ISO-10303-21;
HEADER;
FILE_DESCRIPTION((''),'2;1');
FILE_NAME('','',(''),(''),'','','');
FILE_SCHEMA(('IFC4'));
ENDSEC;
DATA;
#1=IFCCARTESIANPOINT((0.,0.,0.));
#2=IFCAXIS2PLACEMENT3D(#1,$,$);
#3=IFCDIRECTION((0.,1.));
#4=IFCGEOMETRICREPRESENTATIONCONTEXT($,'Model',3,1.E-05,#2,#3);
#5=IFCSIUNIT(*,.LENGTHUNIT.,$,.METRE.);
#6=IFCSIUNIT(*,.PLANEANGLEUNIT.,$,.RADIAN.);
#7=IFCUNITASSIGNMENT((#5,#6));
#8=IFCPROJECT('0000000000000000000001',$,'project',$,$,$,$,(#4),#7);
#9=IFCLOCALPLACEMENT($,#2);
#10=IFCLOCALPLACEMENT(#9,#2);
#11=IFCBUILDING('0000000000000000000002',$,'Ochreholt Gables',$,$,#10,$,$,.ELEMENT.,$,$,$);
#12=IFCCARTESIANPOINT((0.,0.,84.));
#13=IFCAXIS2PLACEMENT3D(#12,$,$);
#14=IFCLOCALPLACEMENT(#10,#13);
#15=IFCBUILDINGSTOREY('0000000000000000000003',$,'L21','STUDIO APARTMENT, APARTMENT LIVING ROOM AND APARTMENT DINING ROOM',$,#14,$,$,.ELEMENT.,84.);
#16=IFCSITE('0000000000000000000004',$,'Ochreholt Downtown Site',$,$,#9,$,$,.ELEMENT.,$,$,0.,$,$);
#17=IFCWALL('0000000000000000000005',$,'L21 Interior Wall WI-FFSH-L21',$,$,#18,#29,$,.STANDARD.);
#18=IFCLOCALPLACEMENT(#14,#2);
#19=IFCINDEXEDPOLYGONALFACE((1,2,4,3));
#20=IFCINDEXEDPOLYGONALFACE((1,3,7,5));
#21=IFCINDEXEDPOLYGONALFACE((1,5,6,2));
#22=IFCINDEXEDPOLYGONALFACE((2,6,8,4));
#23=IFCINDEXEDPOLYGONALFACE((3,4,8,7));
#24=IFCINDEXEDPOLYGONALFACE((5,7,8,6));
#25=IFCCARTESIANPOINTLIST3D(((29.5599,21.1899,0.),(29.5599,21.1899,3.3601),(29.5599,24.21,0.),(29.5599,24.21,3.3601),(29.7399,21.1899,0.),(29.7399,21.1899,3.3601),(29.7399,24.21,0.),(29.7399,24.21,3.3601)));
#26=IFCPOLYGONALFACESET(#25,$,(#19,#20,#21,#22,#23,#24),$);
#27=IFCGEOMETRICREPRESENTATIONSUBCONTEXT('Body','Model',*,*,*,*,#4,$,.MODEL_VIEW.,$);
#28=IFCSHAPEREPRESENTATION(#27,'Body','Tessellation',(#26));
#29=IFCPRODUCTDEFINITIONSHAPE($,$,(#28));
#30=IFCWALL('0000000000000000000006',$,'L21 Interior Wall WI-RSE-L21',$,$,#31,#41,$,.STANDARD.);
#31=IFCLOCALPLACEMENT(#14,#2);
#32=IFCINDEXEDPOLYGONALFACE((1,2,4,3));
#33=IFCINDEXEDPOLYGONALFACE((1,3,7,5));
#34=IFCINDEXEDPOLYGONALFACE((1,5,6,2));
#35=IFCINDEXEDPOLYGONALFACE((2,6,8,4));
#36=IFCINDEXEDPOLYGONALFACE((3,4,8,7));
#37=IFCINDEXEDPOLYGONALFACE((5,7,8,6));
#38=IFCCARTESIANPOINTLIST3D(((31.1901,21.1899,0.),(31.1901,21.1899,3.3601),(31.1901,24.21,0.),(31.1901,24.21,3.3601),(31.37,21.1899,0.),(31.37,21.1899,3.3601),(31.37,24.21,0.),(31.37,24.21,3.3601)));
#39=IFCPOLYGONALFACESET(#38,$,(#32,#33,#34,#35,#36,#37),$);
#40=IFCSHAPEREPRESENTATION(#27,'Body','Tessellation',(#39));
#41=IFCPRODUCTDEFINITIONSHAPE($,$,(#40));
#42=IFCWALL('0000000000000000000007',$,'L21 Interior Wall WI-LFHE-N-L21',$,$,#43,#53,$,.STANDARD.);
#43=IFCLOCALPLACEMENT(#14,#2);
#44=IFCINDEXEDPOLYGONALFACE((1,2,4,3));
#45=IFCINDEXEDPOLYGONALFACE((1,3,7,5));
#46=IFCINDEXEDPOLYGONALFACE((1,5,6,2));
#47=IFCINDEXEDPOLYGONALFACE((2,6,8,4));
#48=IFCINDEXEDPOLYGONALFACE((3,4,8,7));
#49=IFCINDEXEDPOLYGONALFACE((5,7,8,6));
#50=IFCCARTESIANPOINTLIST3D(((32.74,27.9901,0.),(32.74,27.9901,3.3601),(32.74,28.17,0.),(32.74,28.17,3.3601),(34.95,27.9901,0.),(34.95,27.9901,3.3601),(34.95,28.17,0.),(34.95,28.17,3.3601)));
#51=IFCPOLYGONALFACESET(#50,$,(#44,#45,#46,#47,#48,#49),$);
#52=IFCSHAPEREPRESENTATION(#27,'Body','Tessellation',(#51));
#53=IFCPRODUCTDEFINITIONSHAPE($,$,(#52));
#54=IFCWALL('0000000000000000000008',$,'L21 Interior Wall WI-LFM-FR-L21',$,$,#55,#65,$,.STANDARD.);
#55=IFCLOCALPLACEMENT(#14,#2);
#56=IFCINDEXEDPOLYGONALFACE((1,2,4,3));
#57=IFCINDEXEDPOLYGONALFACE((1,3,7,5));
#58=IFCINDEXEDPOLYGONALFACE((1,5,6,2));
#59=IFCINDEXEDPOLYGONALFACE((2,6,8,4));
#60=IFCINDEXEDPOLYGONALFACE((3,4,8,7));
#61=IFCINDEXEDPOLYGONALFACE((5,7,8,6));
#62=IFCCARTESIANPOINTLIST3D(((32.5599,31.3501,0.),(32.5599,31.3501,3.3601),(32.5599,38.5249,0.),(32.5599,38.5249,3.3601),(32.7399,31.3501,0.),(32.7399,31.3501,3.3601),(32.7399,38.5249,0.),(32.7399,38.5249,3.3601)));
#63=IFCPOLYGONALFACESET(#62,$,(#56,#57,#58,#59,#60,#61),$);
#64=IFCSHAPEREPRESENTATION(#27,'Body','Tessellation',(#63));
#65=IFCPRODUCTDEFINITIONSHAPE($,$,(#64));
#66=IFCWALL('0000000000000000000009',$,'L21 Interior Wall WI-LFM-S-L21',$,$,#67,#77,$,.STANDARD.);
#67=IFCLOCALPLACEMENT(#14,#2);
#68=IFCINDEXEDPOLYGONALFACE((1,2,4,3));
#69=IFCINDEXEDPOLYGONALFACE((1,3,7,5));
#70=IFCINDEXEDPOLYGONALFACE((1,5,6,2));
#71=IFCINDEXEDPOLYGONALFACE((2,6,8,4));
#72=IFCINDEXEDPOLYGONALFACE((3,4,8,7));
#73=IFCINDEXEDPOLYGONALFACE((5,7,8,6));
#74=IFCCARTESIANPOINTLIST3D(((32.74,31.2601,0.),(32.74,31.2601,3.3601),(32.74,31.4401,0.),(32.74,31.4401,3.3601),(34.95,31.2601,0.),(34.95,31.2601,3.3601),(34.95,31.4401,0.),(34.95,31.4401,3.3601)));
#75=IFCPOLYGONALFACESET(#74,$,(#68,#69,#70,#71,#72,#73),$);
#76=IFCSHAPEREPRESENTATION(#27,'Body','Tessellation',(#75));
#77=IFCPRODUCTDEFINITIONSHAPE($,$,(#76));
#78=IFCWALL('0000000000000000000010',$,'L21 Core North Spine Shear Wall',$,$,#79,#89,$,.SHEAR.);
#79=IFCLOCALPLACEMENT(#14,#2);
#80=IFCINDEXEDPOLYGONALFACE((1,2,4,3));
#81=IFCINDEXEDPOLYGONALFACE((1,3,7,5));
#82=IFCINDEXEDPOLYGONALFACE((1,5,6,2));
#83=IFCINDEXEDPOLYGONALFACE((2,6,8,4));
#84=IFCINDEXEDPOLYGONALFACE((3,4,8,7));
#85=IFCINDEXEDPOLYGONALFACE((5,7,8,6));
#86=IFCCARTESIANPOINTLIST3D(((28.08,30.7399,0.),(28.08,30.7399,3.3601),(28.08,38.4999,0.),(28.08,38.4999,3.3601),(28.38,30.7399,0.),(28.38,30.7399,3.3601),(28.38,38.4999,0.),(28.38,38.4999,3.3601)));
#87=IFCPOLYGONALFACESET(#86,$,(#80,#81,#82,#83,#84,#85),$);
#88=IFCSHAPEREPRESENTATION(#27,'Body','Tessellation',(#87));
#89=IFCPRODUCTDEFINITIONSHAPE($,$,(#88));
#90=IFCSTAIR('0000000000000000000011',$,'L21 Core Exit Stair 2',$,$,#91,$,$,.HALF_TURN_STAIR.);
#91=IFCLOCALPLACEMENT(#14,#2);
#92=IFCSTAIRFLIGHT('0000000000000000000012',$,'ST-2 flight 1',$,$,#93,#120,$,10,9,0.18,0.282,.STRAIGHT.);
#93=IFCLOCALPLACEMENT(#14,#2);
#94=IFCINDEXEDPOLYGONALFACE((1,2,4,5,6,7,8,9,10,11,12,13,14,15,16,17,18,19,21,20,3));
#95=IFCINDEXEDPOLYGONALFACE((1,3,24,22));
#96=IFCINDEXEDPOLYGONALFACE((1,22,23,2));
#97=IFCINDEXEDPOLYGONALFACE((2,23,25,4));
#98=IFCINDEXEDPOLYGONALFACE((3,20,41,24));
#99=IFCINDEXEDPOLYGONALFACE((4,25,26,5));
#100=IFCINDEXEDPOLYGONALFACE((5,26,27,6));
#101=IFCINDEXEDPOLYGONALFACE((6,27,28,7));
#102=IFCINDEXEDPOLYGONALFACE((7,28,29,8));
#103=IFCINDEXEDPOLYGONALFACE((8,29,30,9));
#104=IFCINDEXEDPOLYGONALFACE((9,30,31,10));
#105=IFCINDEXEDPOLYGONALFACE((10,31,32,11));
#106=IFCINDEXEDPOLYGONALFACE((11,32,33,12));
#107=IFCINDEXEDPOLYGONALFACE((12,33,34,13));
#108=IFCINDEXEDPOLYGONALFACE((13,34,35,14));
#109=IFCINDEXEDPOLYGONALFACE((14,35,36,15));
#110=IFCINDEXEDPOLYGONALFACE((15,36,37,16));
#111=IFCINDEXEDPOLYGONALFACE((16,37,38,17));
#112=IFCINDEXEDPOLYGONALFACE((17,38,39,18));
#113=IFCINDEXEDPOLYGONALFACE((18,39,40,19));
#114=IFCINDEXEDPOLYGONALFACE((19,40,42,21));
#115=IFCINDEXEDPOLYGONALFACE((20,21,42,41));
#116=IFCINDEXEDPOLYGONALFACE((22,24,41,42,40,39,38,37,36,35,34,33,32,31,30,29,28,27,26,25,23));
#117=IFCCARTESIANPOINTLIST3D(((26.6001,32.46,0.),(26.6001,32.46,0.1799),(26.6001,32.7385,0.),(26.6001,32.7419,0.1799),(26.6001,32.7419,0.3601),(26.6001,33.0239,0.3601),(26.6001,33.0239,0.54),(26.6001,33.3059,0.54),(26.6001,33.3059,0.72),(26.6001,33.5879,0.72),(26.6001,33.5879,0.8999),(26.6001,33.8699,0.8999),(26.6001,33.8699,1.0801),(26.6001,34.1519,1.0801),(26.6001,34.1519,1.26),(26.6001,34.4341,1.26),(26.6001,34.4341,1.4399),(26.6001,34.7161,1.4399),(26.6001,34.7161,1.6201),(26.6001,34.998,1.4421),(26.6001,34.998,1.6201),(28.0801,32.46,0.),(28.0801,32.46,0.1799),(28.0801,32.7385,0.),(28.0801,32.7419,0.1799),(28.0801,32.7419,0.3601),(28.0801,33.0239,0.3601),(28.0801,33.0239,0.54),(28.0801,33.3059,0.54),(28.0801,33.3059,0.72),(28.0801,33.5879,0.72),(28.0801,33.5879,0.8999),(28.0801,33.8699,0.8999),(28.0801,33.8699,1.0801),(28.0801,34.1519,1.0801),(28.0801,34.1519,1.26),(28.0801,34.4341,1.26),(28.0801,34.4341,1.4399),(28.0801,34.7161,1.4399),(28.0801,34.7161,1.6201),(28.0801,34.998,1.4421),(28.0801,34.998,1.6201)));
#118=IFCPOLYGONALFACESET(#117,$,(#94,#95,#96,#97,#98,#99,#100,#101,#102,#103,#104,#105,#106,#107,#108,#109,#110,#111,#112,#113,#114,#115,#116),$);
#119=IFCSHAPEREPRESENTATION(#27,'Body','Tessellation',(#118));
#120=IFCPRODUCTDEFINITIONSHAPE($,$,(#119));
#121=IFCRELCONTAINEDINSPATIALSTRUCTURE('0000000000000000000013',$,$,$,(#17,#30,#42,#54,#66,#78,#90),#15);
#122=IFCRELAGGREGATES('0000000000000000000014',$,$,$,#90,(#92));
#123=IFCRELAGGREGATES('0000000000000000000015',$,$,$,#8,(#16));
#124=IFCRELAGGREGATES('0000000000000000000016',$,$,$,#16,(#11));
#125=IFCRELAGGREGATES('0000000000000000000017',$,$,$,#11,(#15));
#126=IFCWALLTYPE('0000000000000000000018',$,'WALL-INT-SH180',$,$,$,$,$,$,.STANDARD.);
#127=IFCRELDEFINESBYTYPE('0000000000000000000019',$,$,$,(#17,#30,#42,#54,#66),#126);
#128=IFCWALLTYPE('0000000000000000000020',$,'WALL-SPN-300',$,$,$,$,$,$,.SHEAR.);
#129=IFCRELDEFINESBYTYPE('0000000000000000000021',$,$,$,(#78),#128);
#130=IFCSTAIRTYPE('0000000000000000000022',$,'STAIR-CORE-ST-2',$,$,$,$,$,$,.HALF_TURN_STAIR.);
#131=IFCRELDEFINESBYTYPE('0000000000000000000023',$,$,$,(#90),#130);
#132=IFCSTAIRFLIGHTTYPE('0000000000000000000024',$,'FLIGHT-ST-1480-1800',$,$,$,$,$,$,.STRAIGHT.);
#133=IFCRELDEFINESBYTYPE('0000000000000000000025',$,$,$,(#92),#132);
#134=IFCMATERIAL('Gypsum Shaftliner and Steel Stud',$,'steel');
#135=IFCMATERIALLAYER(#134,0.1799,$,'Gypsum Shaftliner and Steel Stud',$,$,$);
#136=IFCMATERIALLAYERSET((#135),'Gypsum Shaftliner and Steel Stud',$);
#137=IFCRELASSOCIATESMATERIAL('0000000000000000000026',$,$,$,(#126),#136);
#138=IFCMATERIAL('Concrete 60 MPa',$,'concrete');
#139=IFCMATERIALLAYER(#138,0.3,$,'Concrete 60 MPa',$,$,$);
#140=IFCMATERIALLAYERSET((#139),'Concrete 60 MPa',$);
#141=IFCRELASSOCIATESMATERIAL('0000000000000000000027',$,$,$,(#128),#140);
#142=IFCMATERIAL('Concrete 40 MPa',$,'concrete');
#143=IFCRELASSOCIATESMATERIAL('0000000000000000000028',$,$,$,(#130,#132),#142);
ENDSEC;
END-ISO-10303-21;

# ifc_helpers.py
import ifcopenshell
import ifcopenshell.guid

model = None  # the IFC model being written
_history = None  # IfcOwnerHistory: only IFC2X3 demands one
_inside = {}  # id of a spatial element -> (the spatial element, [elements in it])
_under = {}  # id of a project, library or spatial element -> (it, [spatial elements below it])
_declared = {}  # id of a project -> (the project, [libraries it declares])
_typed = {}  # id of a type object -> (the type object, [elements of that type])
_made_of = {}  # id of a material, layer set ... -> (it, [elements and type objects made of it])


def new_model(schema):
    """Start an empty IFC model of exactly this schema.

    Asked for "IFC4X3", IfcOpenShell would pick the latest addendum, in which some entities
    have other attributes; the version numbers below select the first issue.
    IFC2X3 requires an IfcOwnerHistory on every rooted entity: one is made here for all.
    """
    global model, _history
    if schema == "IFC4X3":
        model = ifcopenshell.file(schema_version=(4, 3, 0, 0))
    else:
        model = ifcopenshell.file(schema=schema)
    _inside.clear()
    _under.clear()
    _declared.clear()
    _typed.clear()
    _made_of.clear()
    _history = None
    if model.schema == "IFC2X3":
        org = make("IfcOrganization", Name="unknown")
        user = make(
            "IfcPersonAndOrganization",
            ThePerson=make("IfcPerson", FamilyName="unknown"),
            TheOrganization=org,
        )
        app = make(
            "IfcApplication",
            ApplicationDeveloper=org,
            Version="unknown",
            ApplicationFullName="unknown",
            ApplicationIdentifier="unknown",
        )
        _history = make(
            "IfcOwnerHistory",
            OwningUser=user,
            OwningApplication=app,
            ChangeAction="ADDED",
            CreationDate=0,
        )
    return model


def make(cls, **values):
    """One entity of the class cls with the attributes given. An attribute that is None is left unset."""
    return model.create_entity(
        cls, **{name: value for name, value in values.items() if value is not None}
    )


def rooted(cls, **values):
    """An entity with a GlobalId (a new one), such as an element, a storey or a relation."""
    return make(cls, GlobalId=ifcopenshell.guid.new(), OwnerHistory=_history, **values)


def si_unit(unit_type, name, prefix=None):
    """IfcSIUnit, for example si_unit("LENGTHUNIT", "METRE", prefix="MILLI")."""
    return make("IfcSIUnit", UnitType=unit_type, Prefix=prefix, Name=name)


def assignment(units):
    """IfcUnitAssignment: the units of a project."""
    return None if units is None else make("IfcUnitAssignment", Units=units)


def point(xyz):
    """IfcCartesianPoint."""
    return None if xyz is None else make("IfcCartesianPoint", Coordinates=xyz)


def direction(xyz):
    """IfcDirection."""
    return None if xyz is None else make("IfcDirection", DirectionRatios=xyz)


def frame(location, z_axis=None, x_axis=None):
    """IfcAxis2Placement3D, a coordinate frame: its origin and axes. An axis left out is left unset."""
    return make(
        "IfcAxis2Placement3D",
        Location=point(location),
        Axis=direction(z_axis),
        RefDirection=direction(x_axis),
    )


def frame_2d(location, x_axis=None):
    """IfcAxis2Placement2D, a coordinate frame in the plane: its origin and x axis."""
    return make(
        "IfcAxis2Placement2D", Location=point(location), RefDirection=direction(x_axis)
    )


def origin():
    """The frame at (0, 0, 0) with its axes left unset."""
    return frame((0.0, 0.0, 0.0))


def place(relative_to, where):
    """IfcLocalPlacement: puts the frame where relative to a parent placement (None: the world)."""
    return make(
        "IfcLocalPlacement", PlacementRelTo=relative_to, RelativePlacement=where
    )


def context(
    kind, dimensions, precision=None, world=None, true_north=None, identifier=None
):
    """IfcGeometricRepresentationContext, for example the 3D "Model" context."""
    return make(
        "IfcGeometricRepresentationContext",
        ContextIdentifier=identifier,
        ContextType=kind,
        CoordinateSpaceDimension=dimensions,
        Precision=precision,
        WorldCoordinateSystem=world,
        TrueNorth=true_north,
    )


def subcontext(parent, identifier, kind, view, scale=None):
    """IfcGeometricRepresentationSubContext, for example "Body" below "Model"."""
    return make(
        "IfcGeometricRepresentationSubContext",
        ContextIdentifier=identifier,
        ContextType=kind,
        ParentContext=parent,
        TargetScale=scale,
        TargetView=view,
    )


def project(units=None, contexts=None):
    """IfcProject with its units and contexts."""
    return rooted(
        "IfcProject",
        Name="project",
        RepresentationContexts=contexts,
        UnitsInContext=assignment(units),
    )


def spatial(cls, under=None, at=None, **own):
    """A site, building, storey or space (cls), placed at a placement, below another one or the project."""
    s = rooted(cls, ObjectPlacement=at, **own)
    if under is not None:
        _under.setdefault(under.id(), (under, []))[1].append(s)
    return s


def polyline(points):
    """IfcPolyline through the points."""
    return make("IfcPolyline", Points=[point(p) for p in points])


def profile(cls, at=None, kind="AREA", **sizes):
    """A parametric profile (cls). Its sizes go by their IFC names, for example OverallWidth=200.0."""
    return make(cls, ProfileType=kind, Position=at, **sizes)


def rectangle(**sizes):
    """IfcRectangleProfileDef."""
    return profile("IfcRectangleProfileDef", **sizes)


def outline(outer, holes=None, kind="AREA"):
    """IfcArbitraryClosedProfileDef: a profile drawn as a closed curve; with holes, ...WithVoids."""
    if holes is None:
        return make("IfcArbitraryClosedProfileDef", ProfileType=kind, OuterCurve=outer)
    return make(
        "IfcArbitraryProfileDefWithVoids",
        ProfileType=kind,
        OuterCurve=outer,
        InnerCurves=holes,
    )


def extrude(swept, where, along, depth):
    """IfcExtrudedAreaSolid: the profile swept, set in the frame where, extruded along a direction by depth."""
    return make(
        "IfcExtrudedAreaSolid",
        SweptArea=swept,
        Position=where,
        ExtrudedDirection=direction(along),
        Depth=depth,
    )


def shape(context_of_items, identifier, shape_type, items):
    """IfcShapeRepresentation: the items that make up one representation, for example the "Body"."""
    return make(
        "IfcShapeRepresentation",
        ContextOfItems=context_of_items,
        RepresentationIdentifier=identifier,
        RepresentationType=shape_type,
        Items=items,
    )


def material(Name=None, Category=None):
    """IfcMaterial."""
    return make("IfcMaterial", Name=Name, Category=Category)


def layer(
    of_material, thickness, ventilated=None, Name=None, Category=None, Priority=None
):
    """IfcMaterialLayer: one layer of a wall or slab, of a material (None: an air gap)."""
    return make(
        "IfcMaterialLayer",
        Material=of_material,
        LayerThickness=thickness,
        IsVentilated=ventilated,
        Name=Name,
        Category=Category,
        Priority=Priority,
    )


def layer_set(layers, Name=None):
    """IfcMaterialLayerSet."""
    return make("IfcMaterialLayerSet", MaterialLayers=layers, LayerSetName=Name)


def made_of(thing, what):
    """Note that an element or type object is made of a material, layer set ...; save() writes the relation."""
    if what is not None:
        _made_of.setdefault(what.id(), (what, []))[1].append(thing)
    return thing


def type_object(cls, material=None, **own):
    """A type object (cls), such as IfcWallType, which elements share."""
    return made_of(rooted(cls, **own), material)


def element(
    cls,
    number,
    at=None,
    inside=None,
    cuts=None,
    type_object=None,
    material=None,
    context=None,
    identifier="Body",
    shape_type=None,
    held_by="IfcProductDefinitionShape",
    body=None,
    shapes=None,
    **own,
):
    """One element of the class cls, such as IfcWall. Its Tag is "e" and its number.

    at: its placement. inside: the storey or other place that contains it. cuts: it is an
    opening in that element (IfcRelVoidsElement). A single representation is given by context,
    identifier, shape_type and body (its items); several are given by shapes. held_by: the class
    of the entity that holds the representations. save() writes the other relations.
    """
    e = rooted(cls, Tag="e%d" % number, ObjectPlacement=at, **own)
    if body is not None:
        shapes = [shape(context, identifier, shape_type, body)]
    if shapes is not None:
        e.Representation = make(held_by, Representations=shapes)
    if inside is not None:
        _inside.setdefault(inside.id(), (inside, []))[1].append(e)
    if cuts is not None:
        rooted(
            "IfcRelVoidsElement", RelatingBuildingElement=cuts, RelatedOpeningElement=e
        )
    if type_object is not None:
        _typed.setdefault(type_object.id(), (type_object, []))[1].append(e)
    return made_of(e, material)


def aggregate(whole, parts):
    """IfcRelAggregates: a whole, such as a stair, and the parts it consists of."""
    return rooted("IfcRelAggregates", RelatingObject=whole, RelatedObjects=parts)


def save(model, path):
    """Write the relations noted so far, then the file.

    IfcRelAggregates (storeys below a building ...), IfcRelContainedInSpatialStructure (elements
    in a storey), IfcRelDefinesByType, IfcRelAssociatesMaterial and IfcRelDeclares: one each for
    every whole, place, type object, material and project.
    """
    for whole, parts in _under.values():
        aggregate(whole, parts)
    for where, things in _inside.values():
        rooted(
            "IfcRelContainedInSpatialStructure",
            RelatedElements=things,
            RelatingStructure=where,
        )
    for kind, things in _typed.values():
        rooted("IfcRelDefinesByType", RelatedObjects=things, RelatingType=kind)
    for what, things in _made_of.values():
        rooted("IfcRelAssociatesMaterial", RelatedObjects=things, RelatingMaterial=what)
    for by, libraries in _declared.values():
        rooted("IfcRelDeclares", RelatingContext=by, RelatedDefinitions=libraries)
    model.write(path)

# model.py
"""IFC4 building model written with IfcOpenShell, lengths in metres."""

from ifc_helpers import new_model, si_unit, direction, frame, frame_2d, origin, place, context, subcontext, project, spatial, polyline, rectangle, outline, extrude, material, layer, layer_set, type_object, element, aggregate, save


model = new_model("IFC4")

# Units and contexts
model_context = context("Model", 3, precision=1e-05, world=origin(), true_north=direction((0.0, 1.0)))
body_context = subcontext(model_context, "Body", "Model", "MODEL_VIEW")
ifc_project = project(units=[si_unit("LENGTHUNIT", "METRE"), si_unit("PLANEANGLEUNIT", "RADIAN")], contexts=[model_context])

# Site, building, storey
site_placement = place(None, origin())
site = spatial("IfcSite", under=ifc_project, at=site_placement, Name="Ochreholt Downtown Site", CompositionType="ELEMENT", RefElevation=0.0)
building_placement = place(site_placement, origin())
building = spatial("IfcBuilding", under=site, at=building_placement, Name="Ochreholt Gables", CompositionType="ELEMENT")
storey_placement = place(building_placement, frame((0.0, 0.0, 84.0)))
storey = spatial("IfcBuildingStorey", under=building, at=storey_placement, Name="L21", Description="STUDIO APARTMENT, APARTMENT LIVING ROOM AND APARTMENT DINING ROOM", CompositionType="ELEMENT", Elevation=84.0)

# Shared definitions
ifc_material_1 = material(Name="Concrete 60 MPa", Category="concrete")

# Shared definitions
ifc_material_2 = material(Name="Concrete 40 MPa", Category="concrete")

# Walls
ifc_material_3 = material(Name="Gypsum Shaftliner and Steel Stud", Category="steel")
ifc_layer_1 = layer(ifc_material_3, 0.1799, Name="Gypsum Shaftliner and Steel Stud")
ifc_layer_set_1 = layer_set([ifc_layer_1], Name="Gypsum Shaftliner and Steel Stud")
wall_type_1 = type_object("IfcWallType", Name="WALL-INT-SH180", PredefinedType="STANDARD", material=ifc_layer_set_1)
for number, where, z_axis, x_axis, name in (
    (1, (29.6499, 21.1899, 0.0), (0.0, 0.0, 1.0), (0.0, 1.0, 0.0), "L21 Interior Wall WI-FFSH-L21"),
    (2, (31.28, 21.1899, 0.0), (0.0, 0.0, 1.0), (0.0, 1.0, 0.0), "L21 Interior Wall WI-RSE-L21"),
):
    element("IfcWall", number, at=place(storey_placement, frame(where, z_axis=z_axis, x_axis=x_axis)), inside=storey, type_object=wall_type_1, Name=name, PredefinedType="STANDARD", context=body_context, shape_type="SweptSolid", body=[
        extrude(rectangle(XDim=3.02, YDim=0.1799, at=frame_2d((1.51, 0.0))), origin(), (0.0, 0.0, 1.0), 3.3601),
    ])
wall_1_placement = place(storey_placement, frame((32.74, 28.0801, 0.0), z_axis=(0.0, 0.0, 1.0), x_axis=(1.0, 0.0, 0.0)))
element("IfcWall", 3, at=wall_1_placement, inside=storey, type_object=wall_type_1, Name="L21 Interior Wall WI-LFHE-N-L21", PredefinedType="STANDARD", context=body_context, shape_type="SweptSolid", body=[
    extrude(rectangle(XDim=2.21, YDim=0.1799, at=frame_2d((1.105, 0.0))), origin(), (0.0, 0.0, 1.0), 3.3601),
])
wall_2_placement = place(storey_placement, frame((32.6499, 31.3501, 0.0), z_axis=(0.0, 0.0, 1.0), x_axis=(0.0, 1.0, 0.0)))
element("IfcWall", 4, at=wall_2_placement, inside=storey, type_object=wall_type_1, Name="L21 Interior Wall WI-LFM-FR-L21", PredefinedType="STANDARD", context=body_context, shape_type="SweptSolid", body=[
    extrude(rectangle(XDim=7.1748, YDim=0.1799, at=frame_2d((3.5874, 0.0))), origin(), (0.0, 0.0, 1.0), 3.3601),
])
wall_3_placement = place(storey_placement, frame((32.74, 31.3501, 0.0), z_axis=(0.0, 0.0, 1.0), x_axis=(1.0, 0.0, 0.0)))
element("IfcWall", 5, at=wall_3_placement, inside=storey, type_object=wall_type_1, Name="L21 Interior Wall WI-LFM-S-L21", PredefinedType="STANDARD", context=body_context, shape_type="SweptSolid", body=[
    extrude(rectangle(XDim=2.21, YDim=0.1799, at=frame_2d((1.105, 0.0))), origin(), (0.0, 0.0, 1.0), 3.3601),
])
ifc_layer_2 = layer(ifc_material_1, 0.3, Name="Concrete 60 MPa")
ifc_layer_set_2 = layer_set([ifc_layer_2], Name="Concrete 60 MPa")
wall_type_2 = type_object("IfcWallType", Name="WALL-SPN-300", PredefinedType="SHEAR", material=ifc_layer_set_2)
wall_4_placement = place(storey_placement, frame((28.23, 30.74, 0.0), z_axis=(0.0, 0.0, 1.0), x_axis=(0.0, 1.0, 0.0)))
element("IfcWall", 6, at=wall_4_placement, inside=storey, type_object=wall_type_2, Name="L21 Core North Spine Shear Wall", PredefinedType="SHEAR", context=body_context, shape_type="SweptSolid", body=[
    extrude(rectangle(XDim=7.76, YDim=0.3, at=frame_2d((3.8799, 0.0))), origin(), (0.0, 0.0, 1.0), 3.3601),
])

# Stair, stair flight
stair_type = type_object("IfcStairType", Name="STAIR-CORE-ST-2", PredefinedType="HALF_TURN_STAIR", material=ifc_material_2)
stair_placement = place(storey_placement, origin())
stair = element("IfcStair", 7, at=stair_placement, inside=storey, type_object=stair_type, Name="L21 Core Exit Stair 2", PredefinedType="HALF_TURN_STAIR")
stair_flight_type = type_object("IfcStairFlightType", Name="FLIGHT-ST-1480-1800", PredefinedType="STRAIGHT", material=ifc_material_2)
stair_flight_placement = place(storey_placement, frame((27.3401, 32.46, 0.0), z_axis=(0.0, 0.0, 1.0), x_axis=(0.0, 1.0, 0.0)))
stair_flight = element("IfcStairFlight", 8, at=stair_flight_placement, type_object=stair_flight_type, Name="ST-2 flight 1", NumberOfRisers=10, NumberOfTreads=9, PredefinedType="STRAIGHT", RiserHeight=0.18, TreadLength=0.282, context=body_context, shape_type="SweptSolid", body=[
    extrude(outline(polyline([(0.0, 0.0), (0.0, 0.1799), (0.282, 0.1799), (0.282, 0.3601), (0.564, 0.3601), (0.564, 0.54), (0.8459, 0.54), (0.8459, 0.72), (1.1279, 0.72), (1.1279, 0.8999), (1.4099, 0.8999), (1.4099, 1.0801), (1.6919, 1.0801), (1.6919, 1.26), (1.9741, 1.26), (1.9741, 1.4399), (2.2561, 1.4399), (2.2561, 1.6201), (2.5381, 1.6201), (2.5381, 1.8), (2.5381, 1.4421), (0.2786, 0.0), (0.0, 0.0)])), frame((0.0, 0.74, 0.0), z_axis=(0.0, -1.0, 0.0), x_axis=(1.0, 0.0, 0.0)), (0.0, 0.0, 1.0), 1.48),
])
aggregate(stair, [stair_flight])

save(model, "model.ifc")
